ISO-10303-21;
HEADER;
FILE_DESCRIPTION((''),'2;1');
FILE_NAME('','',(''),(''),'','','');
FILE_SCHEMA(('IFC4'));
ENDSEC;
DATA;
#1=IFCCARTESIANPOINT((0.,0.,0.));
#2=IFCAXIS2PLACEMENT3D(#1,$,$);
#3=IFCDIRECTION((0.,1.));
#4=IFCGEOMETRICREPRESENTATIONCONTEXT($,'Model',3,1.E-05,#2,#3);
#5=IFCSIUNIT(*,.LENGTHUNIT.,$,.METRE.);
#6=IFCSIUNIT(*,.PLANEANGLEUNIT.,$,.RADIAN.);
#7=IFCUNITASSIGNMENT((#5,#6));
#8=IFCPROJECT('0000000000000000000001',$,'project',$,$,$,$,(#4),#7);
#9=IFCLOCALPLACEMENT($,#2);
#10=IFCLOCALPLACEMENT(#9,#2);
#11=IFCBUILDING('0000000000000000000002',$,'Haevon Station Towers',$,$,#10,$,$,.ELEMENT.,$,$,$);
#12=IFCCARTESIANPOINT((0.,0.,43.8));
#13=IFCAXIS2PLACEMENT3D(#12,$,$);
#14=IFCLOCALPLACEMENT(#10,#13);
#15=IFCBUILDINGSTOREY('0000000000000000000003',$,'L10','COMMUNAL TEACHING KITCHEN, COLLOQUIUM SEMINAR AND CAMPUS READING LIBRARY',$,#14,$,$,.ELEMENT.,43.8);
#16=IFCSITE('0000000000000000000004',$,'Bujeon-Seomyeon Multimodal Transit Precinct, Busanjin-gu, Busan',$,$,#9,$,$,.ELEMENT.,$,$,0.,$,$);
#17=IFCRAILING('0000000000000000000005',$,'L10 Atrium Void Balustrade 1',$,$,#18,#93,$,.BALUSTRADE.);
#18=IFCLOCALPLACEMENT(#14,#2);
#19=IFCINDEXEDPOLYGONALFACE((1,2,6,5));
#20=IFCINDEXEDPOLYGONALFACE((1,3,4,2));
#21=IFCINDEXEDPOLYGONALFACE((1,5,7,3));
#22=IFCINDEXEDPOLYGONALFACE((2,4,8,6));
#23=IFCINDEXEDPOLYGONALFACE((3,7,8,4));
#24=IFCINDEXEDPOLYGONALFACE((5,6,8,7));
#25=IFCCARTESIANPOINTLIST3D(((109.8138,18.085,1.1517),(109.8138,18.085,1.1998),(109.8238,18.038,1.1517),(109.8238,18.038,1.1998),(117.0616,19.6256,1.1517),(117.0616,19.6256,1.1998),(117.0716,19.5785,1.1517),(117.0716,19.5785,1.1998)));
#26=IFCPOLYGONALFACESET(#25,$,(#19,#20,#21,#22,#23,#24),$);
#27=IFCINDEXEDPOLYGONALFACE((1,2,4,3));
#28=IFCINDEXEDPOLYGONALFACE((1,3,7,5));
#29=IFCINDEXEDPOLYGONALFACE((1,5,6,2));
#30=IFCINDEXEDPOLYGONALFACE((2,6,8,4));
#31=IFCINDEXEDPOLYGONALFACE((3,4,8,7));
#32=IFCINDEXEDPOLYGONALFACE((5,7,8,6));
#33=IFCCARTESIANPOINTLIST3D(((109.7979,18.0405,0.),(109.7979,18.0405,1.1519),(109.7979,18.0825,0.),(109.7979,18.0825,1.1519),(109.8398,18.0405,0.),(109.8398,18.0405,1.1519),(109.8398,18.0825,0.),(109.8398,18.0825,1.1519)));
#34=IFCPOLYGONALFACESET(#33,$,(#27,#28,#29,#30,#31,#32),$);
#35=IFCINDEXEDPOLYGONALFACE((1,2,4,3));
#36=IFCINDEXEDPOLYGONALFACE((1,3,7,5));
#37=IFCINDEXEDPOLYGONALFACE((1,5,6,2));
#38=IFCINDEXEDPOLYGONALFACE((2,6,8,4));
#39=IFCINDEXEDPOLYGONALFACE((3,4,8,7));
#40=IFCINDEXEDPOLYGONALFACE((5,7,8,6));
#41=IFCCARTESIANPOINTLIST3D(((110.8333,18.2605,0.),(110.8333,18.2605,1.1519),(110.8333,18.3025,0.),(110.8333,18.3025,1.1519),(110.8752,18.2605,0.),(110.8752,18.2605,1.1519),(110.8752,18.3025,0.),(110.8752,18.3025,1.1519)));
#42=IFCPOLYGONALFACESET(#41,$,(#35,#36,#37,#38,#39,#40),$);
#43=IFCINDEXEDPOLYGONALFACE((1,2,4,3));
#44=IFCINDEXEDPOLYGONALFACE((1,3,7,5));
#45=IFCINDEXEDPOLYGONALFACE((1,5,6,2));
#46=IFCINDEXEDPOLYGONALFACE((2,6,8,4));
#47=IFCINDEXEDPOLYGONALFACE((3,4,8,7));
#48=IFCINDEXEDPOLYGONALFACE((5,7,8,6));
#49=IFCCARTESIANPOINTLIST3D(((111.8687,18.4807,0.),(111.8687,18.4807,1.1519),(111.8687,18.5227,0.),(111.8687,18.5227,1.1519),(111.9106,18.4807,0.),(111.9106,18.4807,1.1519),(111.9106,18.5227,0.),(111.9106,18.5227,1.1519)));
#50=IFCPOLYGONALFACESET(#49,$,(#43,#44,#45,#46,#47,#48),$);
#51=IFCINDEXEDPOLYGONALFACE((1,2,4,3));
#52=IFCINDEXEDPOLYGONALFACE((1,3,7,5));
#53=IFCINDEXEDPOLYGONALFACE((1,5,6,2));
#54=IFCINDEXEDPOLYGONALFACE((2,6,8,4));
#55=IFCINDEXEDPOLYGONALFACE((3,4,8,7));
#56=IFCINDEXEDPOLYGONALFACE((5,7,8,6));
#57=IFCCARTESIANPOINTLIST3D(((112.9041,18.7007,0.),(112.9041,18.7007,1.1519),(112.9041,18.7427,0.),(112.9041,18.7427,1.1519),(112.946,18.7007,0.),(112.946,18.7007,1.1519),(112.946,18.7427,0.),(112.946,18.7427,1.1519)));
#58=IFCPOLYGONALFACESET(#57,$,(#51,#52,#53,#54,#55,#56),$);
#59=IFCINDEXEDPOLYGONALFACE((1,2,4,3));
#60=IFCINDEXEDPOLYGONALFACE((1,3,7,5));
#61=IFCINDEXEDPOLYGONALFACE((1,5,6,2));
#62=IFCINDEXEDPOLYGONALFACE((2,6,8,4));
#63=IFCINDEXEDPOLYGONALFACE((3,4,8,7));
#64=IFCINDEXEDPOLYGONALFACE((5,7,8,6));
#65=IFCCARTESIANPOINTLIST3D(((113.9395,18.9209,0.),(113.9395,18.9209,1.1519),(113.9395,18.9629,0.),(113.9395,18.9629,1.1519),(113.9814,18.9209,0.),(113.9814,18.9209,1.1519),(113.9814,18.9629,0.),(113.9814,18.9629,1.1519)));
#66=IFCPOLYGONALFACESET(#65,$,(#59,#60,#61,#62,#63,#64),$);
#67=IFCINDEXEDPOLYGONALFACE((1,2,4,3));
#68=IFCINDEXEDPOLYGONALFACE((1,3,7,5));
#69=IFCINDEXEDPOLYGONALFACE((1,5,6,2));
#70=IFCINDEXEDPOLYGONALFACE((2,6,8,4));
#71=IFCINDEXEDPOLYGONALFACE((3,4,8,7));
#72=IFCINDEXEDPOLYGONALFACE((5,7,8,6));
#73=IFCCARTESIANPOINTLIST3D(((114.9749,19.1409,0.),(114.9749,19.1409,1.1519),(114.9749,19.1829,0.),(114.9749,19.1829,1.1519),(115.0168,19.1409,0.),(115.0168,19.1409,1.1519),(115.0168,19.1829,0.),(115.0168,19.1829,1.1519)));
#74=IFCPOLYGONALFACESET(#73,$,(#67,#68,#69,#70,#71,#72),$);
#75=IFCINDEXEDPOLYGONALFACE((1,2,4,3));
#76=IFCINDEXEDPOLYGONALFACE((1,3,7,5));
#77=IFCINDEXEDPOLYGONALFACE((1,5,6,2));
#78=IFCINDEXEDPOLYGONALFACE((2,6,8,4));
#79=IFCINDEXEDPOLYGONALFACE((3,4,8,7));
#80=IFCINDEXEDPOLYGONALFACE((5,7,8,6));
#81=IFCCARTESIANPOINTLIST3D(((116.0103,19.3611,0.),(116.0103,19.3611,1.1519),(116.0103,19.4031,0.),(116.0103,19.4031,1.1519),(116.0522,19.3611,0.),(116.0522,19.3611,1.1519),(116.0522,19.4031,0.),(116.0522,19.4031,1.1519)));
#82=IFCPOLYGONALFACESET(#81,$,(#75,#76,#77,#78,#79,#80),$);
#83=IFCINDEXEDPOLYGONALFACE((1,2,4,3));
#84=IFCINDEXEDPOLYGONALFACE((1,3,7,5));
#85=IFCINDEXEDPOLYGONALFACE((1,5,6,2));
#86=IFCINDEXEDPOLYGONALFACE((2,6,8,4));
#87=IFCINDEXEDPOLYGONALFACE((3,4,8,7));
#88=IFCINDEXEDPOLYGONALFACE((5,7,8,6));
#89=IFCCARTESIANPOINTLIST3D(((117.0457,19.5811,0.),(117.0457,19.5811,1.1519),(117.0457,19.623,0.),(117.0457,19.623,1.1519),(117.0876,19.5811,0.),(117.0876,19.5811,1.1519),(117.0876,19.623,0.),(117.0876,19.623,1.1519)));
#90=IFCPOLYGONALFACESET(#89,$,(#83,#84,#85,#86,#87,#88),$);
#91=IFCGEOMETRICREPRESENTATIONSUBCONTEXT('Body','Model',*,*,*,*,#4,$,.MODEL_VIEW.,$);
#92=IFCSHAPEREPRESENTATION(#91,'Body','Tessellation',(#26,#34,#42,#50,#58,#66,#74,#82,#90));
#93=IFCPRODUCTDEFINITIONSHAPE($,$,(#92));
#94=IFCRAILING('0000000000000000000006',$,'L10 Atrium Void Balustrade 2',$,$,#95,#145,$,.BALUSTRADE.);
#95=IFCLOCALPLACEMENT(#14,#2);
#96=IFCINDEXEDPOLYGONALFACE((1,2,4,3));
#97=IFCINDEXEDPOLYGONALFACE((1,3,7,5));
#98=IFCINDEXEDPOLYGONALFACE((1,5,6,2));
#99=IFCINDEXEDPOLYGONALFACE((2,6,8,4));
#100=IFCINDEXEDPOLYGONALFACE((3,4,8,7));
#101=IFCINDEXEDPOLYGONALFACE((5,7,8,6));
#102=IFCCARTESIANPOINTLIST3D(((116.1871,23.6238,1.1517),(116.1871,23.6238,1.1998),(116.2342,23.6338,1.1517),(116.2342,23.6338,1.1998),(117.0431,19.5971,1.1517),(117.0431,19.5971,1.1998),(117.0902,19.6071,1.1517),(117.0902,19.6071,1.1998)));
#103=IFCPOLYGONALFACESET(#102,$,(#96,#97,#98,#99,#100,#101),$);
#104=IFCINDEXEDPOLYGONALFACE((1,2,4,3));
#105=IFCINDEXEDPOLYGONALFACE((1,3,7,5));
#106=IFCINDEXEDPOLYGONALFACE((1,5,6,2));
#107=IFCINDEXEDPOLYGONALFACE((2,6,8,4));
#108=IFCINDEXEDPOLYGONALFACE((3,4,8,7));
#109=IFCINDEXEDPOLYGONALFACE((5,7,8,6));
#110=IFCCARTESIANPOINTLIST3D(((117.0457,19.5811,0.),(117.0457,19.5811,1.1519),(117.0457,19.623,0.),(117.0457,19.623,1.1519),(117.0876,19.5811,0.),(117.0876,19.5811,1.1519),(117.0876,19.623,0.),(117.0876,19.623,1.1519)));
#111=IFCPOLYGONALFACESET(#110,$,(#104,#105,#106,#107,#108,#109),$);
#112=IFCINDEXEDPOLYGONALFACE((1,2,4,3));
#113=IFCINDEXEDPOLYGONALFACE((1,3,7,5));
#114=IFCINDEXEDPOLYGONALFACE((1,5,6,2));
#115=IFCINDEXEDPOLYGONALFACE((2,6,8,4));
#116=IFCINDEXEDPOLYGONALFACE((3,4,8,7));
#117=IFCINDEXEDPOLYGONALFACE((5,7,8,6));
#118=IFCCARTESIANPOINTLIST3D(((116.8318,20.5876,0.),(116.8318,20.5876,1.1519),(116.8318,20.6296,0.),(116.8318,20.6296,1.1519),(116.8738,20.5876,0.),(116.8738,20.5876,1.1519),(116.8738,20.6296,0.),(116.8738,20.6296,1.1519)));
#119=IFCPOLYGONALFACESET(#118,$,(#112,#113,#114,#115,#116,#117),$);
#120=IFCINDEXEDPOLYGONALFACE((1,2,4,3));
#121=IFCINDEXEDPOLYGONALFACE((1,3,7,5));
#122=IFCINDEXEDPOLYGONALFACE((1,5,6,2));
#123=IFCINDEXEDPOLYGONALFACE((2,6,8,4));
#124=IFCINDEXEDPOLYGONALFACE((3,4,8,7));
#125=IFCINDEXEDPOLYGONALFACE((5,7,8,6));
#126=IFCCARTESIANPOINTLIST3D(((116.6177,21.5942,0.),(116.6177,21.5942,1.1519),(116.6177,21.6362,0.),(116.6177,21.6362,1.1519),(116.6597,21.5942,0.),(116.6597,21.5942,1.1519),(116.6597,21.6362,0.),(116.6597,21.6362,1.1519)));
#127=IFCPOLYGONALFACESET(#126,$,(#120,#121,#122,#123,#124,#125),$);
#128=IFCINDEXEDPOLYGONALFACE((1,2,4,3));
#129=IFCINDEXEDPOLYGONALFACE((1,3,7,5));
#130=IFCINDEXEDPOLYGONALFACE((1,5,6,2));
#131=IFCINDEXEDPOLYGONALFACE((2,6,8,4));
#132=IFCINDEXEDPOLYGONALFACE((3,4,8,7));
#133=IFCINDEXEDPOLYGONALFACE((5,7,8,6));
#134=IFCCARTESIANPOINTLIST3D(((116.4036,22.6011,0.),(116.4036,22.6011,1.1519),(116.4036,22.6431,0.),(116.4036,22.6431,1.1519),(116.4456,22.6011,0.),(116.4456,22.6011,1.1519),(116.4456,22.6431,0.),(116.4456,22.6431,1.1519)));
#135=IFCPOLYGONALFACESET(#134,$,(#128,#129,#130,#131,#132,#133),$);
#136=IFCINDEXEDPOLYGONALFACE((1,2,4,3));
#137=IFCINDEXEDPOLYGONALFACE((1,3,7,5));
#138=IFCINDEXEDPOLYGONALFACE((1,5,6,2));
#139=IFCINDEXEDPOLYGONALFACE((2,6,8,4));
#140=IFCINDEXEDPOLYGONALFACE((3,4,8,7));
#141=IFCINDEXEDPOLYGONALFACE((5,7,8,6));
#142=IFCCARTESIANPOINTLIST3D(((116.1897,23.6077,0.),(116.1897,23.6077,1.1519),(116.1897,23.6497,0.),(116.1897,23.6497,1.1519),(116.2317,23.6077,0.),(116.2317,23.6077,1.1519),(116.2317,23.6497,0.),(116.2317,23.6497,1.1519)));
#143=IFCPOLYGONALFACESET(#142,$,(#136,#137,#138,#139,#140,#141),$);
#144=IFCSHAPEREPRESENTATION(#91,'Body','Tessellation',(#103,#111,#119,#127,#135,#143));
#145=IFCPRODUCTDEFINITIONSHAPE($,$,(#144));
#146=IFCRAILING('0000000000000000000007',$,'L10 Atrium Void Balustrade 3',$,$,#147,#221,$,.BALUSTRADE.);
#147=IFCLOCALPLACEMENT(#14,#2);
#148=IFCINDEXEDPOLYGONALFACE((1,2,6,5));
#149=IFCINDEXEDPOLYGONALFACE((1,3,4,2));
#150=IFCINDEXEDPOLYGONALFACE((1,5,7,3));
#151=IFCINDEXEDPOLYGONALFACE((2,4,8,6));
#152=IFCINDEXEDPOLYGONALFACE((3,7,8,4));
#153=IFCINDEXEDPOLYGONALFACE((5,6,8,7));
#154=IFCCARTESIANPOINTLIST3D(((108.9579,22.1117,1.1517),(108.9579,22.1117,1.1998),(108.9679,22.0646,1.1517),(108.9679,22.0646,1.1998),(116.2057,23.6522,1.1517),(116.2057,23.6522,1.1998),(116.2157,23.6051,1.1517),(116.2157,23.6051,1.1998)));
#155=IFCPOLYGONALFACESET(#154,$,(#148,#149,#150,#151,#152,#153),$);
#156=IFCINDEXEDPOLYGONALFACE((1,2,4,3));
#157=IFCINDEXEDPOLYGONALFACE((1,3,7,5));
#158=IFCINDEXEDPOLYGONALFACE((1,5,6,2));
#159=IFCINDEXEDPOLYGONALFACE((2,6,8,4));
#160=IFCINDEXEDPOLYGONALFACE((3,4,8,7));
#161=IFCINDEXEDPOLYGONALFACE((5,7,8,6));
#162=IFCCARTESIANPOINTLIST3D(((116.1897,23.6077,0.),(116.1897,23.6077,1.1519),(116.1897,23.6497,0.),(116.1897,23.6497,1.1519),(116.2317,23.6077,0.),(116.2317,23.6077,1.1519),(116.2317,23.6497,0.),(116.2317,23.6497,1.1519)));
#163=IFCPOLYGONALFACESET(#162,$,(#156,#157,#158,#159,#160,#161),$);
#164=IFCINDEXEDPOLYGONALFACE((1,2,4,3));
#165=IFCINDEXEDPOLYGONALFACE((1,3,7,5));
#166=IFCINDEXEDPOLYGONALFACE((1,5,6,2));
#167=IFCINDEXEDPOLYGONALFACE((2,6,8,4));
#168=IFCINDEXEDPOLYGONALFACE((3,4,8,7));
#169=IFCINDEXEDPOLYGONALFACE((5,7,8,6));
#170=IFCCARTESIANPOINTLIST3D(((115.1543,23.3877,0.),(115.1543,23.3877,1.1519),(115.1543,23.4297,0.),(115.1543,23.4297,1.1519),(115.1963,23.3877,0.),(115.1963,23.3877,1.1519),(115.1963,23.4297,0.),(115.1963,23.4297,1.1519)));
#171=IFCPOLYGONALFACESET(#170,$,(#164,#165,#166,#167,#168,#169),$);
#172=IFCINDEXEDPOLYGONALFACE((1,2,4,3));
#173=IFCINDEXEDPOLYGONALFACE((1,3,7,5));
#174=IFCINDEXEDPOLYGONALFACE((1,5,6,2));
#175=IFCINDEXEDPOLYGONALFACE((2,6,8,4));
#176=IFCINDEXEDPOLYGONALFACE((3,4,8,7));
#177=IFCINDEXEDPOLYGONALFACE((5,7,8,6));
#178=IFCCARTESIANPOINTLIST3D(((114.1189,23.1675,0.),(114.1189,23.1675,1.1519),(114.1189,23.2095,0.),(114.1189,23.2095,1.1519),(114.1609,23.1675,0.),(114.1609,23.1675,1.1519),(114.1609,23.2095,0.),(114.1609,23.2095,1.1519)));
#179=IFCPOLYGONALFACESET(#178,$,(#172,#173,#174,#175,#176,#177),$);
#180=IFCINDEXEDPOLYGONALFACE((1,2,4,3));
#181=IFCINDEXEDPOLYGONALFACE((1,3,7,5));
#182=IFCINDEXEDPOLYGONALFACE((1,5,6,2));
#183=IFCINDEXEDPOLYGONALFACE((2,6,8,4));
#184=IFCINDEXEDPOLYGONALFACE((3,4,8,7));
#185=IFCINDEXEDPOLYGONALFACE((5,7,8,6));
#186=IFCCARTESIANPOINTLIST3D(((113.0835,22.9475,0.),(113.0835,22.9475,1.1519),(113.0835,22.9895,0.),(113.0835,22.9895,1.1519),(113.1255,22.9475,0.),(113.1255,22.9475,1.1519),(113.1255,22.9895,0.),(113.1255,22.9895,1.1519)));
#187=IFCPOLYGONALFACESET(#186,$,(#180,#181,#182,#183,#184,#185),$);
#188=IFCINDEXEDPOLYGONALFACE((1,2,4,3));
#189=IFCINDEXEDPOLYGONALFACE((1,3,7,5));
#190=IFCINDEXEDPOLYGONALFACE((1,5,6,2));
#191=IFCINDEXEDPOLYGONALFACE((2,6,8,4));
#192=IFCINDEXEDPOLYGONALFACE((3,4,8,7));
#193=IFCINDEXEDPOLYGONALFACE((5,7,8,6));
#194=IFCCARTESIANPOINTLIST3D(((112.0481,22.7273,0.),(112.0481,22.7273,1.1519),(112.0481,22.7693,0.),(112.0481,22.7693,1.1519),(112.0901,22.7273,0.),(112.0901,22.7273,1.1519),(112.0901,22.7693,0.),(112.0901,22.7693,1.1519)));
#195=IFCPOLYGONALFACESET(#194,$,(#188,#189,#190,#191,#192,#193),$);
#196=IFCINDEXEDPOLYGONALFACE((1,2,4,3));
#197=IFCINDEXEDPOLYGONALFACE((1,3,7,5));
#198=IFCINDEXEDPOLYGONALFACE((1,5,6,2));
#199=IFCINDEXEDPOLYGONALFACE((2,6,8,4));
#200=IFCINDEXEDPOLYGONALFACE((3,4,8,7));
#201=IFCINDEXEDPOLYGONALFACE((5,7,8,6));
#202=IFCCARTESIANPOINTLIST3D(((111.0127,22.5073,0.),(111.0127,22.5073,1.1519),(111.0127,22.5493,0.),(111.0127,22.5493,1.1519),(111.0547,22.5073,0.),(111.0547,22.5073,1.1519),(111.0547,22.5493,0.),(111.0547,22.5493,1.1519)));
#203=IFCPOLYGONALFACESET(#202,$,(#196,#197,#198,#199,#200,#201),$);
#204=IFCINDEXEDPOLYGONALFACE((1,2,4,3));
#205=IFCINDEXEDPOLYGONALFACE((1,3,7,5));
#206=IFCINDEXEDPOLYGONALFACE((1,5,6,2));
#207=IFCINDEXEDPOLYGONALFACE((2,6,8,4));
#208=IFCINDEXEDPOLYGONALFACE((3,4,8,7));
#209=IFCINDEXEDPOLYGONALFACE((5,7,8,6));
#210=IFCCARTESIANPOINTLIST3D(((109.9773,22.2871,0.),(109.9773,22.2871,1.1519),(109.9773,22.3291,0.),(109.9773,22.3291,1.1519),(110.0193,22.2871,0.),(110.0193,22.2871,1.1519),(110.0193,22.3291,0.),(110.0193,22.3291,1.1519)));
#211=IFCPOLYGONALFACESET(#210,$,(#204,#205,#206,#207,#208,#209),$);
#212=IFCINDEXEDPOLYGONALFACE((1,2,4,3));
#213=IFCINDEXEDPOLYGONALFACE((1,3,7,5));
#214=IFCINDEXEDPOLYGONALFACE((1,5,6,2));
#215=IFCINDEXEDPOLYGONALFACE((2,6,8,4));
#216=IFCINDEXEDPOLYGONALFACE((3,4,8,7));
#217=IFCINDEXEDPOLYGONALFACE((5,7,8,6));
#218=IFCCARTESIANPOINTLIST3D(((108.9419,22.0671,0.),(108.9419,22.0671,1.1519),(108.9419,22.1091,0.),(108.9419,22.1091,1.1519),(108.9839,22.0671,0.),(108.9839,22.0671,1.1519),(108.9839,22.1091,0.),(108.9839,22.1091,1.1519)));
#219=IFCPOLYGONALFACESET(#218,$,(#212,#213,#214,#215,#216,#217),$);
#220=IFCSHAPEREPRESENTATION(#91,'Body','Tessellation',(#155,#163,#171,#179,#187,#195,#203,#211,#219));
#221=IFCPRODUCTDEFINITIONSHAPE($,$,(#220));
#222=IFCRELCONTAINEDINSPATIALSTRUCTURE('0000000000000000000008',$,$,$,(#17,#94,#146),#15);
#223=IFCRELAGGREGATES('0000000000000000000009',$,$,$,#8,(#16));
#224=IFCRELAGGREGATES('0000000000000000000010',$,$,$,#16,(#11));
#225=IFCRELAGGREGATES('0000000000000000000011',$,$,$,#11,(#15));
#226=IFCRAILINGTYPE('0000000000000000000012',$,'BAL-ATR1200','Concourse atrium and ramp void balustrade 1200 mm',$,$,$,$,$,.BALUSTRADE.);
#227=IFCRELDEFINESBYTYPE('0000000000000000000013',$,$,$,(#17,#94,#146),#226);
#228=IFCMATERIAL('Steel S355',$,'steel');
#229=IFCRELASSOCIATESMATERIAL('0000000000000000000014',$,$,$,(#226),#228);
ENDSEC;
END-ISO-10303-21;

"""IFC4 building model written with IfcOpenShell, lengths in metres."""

from ifc_helpers import new_model, si_unit, direction, frame, origin, origin_2d, place, context, subcontext, project, spatial, rectangle, extrude, material, type_object, element, save


model = new_model("IFC4")

# Units and contexts
model_context = context("Model", 3, precision=1e-05, world=origin(), true_north=direction((0.0, 1.0)))
body_context = subcontext(model_context, "Body", "Model", "MODEL_VIEW")
ifc_project = project(units=[si_unit("LENGTHUNIT", "METRE"), si_unit("PLANEANGLEUNIT", "RADIAN")], contexts=[model_context])

# Site, building, storey
site_placement = place(None, origin())
site = spatial("IfcSite", under=ifc_project, at=site_placement, Name="Bujeon-Seomyeon Multimodal Transit Precinct, Busanjin-gu, Busan", CompositionType="ELEMENT", RefElevation=0.0)
building_placement = place(site_placement, origin())
building = spatial("IfcBuilding", under=site, at=building_placement, Name="Haevon Station Towers", CompositionType="ELEMENT")
storey_placement = place(building_placement, frame((0.0, 0.0, 43.8)))
storey = spatial("IfcBuildingStorey", under=building, at=storey_placement, Name="L10", Description="COMMUNAL TEACHING KITCHEN, COLLOQUIUM SEMINAR AND CAMPUS READING LIBRARY", CompositionType="ELEMENT", Elevation=43.8)

# Shared definitions
ifc_material_1 = material(Name="Steel S355", Category="steel")

# Railings
railing_type = type_object("IfcRailingType", Name="BAL-ATR1200", Description="Concourse atrium and ramp void balustrade 1200 mm", PredefinedType="BALUSTRADE", material=ifc_material_1)
railing_1_placement = place(storey_placement, frame((109.8188, 18.0615, 0.0)))
element("IfcRailing", 1, at=railing_1_placement, inside=storey, type_object=railing_type, Name="L10 Atrium Void Balustrade 1", PredefinedType="BALUSTRADE", context=body_context, shape_type="SweptSolid", body=[
    extrude(rectangle(XDim=0.0481, YDim=0.0481, at=origin_2d()), frame((0.0, 0.0, 1.1758), z_axis=(0.978149, 0.207906, 0.0), x_axis=(-0.207906, 0.978149, 0.0)), (0.0, 0.0, 1.0), 7.4097),
    extrude(rectangle(XDim=0.042, YDim=0.042, at=origin_2d()), origin(), (0.0, 0.0, 1.0), 1.1519),
    extrude(rectangle(XDim=0.042, YDim=0.042, at=origin_2d()), frame((1.0354, 0.22, 0.0)), (0.0, 0.0, 1.0), 1.1519),
    extrude(rectangle(XDim=0.042, YDim=0.042, at=origin_2d()), frame((2.0708, 0.4402, 0.0)), (0.0, 0.0, 1.0), 1.1519),
    extrude(rectangle(XDim=0.042, YDim=0.042, at=origin_2d()), frame((3.1062, 0.6602, 0.0)), (0.0, 0.0, 1.0), 1.1519),
    extrude(rectangle(XDim=0.042, YDim=0.042, at=origin_2d()), frame((4.1416, 0.8804, 0.0)), (0.0, 0.0, 1.0), 1.1519),
    extrude(rectangle(XDim=0.042, YDim=0.042, at=origin_2d()), frame((5.177, 1.1003, 0.0)), (0.0, 0.0, 1.0), 1.1519),
    extrude(rectangle(XDim=0.042, YDim=0.042, at=origin_2d()), frame((6.2124, 1.3206, 0.0)), (0.0, 0.0, 1.0), 1.1519),
    extrude(rectangle(XDim=0.042, YDim=0.042, at=origin_2d()), frame((7.2478, 1.5405, 0.0)), (0.0, 0.0, 1.0), 1.1519),
])
railing_2_placement = place(storey_placement, frame((117.0667, 19.6021, 0.0)))
element("IfcRailing", 2, at=railing_2_placement, inside=storey, type_object=railing_type, Name="L10 Atrium Void Balustrade 2", PredefinedType="BALUSTRADE", context=body_context, shape_type="SweptSolid", body=[
    extrude(rectangle(XDim=0.0481, YDim=0.0481, at=origin_2d()), frame((0.0, 0.0, 1.1758), z_axis=(-0.207929, 0.978144, 0.0), x_axis=(-0.978144, -0.207929, 0.0)), (0.0, 0.0, 1.0), 4.1167),
    extrude(rectangle(XDim=0.042, YDim=0.042, at=origin_2d()), origin(), (0.0, 0.0, 1.0), 1.1519),
    extrude(rectangle(XDim=0.042, YDim=0.042, at=origin_2d()), frame((-0.2139, 1.0066, 0.0)), (0.0, 0.0, 1.0), 1.1519),
    extrude(rectangle(XDim=0.042, YDim=0.042, at=origin_2d()), frame((-0.428, 2.0132, 0.0)), (0.0, 0.0, 1.0), 1.1519),
    extrude(rectangle(XDim=0.042, YDim=0.042, at=origin_2d()), frame((-0.6421, 3.02, 0.0)), (0.0, 0.0, 1.0), 1.1519),
    extrude(rectangle(XDim=0.042, YDim=0.042, at=origin_2d()), frame((-0.856, 4.0266, 0.0)), (0.0, 0.0, 1.0), 1.1519),
])
railing_3_placement = place(storey_placement, frame((116.2107, 23.6287, 0.0)))
element("IfcRailing", 3, at=railing_3_placement, inside=storey, type_object=railing_type, Name="L10 Atrium Void Balustrade 3", PredefinedType="BALUSTRADE", context=body_context, shape_type="SweptSolid", body=[
    extrude(rectangle(XDim=0.0481, YDim=0.0481, at=origin_2d()), frame((0.0, 0.0, 1.1758), z_axis=(-0.978149, -0.207906, 0.0), x_axis=(0.207906, -0.978149, 0.0)), (0.0, 0.0, 1.0), 7.4097),
    extrude(rectangle(XDim=0.042, YDim=0.042, at=origin_2d()), origin(), (0.0, 0.0, 1.0), 1.1519),
    extrude(rectangle(XDim=0.042, YDim=0.042, at=origin_2d()), frame((-1.0354, -0.22, 0.0)), (0.0, 0.0, 1.0), 1.1519),
    extrude(rectangle(XDim=0.042, YDim=0.042, at=origin_2d()), frame((-2.0708, -0.4402, 0.0)), (0.0, 0.0, 1.0), 1.1519),
    extrude(rectangle(XDim=0.042, YDim=0.042, at=origin_2d()), frame((-3.1062, -0.6602, 0.0)), (0.0, 0.0, 1.0), 1.1519),
    extrude(rectangle(XDim=0.042, YDim=0.042, at=origin_2d()), frame((-4.1416, -0.8804, 0.0)), (0.0, 0.0, 1.0), 1.1519),
    extrude(rectangle(XDim=0.042, YDim=0.042, at=origin_2d()), frame((-5.177, -1.1003, 0.0)), (0.0, 0.0, 1.0), 1.1519),
    extrude(rectangle(XDim=0.042, YDim=0.042, at=origin_2d()), frame((-6.2124, -1.3206, 0.0)), (0.0, 0.0, 1.0), 1.1519),
    extrude(rectangle(XDim=0.042, YDim=0.042, at=origin_2d()), frame((-7.2478, -1.5405, 0.0)), (0.0, 0.0, 1.0), 1.1519),
])

save(model, "model.ifc")
